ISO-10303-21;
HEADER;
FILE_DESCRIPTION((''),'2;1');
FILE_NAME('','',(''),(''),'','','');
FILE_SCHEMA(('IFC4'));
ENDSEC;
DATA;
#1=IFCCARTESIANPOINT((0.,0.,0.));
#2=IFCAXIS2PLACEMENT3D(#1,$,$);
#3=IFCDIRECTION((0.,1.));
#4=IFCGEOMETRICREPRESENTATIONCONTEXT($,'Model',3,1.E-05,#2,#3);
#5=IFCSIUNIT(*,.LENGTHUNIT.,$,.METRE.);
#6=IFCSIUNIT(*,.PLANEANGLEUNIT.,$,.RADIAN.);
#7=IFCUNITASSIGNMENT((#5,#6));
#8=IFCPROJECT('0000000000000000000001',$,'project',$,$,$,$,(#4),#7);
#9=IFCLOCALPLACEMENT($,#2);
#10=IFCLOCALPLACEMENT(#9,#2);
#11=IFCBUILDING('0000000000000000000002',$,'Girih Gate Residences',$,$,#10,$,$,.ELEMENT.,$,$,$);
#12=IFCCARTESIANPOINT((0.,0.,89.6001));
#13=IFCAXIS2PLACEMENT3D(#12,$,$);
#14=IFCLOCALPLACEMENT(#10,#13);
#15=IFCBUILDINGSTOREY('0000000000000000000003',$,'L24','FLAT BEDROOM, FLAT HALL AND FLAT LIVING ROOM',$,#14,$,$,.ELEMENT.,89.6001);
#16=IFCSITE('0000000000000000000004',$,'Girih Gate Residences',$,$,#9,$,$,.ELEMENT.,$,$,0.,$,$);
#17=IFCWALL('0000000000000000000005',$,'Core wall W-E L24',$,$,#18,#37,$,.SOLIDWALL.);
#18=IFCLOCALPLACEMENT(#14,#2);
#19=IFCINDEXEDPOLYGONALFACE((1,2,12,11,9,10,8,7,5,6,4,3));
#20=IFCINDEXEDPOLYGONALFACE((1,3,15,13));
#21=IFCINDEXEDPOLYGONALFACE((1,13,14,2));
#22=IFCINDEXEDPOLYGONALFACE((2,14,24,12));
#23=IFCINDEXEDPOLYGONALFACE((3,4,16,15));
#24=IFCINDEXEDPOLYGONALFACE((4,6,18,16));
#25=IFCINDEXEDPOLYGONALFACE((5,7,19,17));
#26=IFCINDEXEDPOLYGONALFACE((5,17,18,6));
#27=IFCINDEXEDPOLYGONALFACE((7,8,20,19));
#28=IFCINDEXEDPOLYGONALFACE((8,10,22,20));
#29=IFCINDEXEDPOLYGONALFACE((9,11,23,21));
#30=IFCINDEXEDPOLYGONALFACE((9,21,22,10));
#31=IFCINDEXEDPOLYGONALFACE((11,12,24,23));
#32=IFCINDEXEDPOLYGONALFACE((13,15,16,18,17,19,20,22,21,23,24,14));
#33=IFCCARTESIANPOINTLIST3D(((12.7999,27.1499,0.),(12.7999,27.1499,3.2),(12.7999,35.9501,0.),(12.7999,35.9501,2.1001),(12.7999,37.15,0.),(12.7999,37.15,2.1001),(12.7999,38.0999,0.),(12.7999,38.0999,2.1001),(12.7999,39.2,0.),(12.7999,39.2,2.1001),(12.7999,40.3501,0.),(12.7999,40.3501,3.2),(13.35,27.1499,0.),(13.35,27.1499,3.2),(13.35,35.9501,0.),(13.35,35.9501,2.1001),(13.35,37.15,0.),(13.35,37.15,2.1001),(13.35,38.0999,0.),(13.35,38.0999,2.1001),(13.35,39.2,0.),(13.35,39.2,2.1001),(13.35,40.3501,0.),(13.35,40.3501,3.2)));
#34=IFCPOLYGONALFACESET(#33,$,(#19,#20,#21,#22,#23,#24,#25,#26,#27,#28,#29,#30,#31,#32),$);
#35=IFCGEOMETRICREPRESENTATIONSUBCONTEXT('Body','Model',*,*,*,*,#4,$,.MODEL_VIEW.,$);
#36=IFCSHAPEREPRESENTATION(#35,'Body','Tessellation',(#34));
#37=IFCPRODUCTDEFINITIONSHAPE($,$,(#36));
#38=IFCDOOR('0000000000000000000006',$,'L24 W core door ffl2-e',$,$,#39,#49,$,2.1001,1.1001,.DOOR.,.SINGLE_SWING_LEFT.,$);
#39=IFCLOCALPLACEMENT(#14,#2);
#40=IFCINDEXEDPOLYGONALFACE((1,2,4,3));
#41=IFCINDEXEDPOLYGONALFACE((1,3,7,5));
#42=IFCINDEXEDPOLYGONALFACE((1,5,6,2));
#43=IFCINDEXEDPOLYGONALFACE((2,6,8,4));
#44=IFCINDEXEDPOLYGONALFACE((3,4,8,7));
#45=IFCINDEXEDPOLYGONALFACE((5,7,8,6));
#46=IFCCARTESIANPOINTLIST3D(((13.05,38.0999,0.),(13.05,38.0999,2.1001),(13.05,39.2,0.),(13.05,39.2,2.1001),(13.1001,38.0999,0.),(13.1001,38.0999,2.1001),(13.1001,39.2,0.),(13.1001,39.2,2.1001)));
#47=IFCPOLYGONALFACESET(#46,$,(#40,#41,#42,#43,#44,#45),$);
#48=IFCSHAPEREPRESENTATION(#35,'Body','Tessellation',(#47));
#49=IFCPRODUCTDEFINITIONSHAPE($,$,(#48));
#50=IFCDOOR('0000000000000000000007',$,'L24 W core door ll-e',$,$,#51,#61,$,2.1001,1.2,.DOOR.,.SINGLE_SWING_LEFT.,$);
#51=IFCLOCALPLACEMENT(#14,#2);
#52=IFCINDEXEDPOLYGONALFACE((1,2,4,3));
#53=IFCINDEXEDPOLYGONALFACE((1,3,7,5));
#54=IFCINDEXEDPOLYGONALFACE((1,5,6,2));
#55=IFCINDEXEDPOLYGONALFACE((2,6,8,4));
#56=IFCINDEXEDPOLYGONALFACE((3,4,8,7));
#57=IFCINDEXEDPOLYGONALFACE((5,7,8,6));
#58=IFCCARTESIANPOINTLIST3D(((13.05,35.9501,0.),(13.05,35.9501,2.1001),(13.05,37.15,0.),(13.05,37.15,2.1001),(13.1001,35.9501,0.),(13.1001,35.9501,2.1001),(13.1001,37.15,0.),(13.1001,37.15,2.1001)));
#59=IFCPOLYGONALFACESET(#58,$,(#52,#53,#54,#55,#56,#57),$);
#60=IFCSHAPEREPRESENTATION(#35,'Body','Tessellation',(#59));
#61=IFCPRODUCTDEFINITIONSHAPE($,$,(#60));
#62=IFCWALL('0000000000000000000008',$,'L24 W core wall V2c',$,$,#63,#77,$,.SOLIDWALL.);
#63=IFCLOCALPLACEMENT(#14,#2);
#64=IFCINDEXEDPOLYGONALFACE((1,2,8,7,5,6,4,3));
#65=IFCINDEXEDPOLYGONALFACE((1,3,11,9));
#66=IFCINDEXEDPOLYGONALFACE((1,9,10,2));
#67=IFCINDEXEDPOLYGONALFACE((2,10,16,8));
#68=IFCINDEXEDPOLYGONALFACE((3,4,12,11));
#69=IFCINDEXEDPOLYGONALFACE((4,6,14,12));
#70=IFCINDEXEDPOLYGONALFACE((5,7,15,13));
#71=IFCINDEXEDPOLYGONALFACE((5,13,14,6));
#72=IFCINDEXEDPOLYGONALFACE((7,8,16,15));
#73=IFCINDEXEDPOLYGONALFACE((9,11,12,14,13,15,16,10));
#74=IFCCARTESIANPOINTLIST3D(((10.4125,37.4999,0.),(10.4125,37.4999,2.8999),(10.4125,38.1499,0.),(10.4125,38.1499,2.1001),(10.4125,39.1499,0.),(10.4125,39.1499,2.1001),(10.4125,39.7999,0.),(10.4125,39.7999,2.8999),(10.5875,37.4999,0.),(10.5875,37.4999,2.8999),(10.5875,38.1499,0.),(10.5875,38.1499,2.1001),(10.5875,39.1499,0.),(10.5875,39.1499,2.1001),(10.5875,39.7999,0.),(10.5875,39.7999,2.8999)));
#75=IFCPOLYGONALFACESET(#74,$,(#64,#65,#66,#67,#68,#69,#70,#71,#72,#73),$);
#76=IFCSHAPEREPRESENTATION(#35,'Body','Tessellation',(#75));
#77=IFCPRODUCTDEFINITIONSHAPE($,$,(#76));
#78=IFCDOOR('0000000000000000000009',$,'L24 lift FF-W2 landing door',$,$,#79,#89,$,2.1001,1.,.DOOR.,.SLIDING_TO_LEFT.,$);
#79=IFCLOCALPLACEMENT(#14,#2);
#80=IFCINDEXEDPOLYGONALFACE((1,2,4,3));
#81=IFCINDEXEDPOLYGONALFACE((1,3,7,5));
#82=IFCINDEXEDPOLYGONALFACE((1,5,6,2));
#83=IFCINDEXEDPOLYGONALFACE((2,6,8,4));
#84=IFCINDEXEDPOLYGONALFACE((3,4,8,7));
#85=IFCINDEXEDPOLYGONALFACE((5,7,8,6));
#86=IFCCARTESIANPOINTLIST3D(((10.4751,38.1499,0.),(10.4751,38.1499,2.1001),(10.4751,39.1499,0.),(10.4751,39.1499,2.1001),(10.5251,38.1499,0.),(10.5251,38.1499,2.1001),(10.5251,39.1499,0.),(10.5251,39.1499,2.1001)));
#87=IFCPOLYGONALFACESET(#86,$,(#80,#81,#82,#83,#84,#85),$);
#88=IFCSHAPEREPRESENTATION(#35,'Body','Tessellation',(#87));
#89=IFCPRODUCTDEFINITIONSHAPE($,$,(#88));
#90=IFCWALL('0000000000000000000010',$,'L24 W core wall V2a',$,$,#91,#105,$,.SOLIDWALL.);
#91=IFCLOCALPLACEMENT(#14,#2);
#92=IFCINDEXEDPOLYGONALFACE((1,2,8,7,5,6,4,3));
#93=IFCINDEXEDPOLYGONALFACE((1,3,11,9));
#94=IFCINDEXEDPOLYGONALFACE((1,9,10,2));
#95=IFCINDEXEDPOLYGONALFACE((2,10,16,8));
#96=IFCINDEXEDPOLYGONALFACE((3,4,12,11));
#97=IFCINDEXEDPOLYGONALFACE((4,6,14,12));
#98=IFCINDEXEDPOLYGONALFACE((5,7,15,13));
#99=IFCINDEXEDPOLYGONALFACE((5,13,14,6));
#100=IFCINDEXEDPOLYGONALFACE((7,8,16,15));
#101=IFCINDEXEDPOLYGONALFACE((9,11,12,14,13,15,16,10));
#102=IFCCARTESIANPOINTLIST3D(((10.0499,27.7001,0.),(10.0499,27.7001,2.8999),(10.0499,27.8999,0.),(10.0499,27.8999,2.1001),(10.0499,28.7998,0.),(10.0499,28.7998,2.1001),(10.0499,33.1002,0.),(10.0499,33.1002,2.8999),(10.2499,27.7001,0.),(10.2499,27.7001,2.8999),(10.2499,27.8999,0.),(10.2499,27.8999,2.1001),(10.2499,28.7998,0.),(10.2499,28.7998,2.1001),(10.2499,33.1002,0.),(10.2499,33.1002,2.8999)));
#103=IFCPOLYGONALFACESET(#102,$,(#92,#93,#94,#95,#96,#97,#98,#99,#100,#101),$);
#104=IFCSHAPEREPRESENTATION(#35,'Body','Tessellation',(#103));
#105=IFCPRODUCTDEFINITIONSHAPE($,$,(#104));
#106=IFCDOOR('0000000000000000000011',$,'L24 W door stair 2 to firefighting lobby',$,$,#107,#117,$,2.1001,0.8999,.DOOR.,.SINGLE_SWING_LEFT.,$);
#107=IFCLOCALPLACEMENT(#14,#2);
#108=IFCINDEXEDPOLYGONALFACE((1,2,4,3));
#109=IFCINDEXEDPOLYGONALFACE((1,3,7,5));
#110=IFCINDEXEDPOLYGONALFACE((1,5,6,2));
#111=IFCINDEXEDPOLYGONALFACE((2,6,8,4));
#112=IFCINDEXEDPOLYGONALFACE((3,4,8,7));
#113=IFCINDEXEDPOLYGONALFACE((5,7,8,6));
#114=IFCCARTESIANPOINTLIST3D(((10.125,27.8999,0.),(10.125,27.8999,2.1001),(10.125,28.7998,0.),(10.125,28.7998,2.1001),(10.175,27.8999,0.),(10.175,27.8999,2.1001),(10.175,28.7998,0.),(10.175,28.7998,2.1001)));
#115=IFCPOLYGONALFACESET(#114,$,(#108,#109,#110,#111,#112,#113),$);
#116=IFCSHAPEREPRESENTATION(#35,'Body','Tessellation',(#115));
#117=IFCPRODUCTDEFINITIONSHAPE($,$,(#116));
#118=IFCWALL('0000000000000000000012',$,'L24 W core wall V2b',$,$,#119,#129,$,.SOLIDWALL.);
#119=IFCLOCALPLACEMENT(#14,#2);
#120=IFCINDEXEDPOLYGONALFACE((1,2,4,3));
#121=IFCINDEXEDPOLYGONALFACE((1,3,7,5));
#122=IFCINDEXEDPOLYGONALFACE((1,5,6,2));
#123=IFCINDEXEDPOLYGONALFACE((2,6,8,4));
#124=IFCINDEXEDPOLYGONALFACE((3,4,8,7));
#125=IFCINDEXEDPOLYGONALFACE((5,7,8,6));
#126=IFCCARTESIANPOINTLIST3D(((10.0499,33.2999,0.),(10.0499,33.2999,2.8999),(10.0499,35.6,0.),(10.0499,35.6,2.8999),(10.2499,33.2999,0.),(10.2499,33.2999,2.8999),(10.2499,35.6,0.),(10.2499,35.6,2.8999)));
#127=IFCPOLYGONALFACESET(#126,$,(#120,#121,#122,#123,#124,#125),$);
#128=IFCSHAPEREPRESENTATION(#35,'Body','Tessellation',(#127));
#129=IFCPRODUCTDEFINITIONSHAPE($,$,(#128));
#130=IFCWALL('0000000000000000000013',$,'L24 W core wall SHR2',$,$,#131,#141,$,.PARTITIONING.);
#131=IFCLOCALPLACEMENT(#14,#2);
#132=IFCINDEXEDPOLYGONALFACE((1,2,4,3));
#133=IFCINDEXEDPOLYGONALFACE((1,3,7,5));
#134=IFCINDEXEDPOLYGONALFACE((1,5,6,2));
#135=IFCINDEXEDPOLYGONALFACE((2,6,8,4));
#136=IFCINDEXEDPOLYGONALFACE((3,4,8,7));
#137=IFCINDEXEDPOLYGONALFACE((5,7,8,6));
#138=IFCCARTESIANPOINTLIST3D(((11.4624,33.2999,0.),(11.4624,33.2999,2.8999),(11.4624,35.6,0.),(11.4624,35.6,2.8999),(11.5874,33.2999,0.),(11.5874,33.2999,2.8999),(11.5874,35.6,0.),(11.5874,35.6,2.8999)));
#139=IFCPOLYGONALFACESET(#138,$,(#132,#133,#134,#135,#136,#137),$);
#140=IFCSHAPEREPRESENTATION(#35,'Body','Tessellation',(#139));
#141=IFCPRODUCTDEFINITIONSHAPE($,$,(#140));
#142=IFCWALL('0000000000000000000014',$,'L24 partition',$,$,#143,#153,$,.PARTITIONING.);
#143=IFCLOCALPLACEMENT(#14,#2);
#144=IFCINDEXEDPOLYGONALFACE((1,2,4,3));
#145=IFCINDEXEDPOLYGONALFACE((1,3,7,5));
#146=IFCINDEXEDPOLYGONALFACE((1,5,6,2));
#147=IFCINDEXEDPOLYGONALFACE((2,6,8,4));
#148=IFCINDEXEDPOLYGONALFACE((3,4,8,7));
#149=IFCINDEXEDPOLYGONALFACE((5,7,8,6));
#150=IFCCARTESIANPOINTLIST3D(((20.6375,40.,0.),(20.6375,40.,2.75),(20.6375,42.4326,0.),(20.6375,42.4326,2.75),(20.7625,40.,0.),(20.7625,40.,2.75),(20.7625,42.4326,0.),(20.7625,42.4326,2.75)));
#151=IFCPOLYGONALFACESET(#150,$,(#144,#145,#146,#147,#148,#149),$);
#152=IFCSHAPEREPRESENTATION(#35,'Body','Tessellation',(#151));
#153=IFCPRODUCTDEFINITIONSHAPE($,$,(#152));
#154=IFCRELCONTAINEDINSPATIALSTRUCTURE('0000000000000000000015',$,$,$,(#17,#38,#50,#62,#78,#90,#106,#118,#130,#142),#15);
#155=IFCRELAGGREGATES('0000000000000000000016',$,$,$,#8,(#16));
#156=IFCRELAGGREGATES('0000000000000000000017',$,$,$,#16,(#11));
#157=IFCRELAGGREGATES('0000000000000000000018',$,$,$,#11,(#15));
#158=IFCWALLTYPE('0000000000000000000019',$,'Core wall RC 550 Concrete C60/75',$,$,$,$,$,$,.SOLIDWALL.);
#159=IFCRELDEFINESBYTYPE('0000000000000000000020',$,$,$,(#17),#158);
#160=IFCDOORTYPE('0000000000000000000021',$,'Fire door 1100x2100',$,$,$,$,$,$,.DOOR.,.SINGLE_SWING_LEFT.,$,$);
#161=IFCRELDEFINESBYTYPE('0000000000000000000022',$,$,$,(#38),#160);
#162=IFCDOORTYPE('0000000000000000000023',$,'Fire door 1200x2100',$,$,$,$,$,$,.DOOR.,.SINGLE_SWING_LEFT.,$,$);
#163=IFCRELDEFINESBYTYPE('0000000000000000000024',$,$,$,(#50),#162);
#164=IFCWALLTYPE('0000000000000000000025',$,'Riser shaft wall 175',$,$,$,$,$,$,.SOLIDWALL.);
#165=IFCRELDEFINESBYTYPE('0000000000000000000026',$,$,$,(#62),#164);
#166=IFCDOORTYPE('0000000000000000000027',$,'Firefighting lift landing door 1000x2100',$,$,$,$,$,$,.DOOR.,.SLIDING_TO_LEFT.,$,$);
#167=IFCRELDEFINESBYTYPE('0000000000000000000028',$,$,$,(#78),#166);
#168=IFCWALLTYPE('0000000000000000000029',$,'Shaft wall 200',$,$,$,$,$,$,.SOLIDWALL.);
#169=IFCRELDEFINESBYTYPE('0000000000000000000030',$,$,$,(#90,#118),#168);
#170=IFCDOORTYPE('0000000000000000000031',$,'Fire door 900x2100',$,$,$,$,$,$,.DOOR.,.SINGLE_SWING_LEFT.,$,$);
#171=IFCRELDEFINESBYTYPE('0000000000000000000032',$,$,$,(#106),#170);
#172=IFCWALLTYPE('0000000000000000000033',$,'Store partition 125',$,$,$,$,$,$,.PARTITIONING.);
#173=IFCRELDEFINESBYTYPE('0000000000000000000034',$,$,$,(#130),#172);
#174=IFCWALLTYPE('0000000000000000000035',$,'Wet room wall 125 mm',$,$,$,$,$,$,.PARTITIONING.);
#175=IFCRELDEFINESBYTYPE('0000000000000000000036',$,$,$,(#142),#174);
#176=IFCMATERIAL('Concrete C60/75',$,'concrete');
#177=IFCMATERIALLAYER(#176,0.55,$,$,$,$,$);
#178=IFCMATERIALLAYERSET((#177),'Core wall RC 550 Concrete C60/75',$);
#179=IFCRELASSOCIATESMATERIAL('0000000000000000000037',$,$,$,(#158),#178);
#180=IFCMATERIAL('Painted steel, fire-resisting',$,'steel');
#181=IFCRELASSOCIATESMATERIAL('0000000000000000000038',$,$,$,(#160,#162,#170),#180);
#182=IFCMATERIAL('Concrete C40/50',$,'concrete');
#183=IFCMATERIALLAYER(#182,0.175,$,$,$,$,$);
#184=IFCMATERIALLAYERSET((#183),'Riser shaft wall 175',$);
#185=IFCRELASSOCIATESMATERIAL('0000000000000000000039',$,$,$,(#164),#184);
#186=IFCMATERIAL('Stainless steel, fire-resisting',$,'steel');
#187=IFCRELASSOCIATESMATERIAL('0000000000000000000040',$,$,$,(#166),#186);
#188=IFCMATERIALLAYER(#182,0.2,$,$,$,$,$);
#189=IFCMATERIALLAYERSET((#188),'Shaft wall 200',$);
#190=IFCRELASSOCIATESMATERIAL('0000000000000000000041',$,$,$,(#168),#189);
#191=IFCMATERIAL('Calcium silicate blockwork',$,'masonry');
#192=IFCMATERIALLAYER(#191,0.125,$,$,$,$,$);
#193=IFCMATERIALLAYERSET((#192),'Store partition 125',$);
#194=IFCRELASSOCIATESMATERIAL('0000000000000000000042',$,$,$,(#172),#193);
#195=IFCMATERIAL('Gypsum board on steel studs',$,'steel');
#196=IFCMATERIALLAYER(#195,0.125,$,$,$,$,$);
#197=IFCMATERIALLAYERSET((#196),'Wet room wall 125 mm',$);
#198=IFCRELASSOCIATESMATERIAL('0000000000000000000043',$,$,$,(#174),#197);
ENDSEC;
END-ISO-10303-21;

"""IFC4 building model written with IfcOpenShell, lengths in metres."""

from ifc_helpers import new_model, si_unit, direction, frame, frame_2d, origin, place, context, subcontext, project, spatial, rectangle, extrude, material, layer, layer_set, type_object, element, fill, save


model = new_model("IFC4")

# Units and contexts
model_context = context("Model", 3, precision=1e-05, world=origin(), true_north=direction((0.0, 1.0)))
body_context = subcontext(model_context, "Body", "Model", "MODEL_VIEW")
ifc_project = project(units=[si_unit("LENGTHUNIT", "METRE"), si_unit("PLANEANGLEUNIT", "RADIAN")], contexts=[model_context])

# Site, building, storey
site_placement = place(None, origin())
site = spatial("IfcSite", under=ifc_project, at=site_placement, Name="Girih Gate Residences", CompositionType="ELEMENT", RefElevation=0.0)
building_placement = place(site_placement, origin())
building = spatial("IfcBuilding", under=site, at=building_placement, Name="Girih Gate Residences", CompositionType="ELEMENT")
storey_placement = place(building_placement, frame((0.0, 0.0, 89.6001)))
storey = spatial("IfcBuildingStorey", under=building, at=storey_placement, Name="L24", Description="FLAT BEDROOM, FLAT HALL AND FLAT LIVING ROOM", CompositionType="ELEMENT", Elevation=89.6001)

# Shared definitions
ifc_material_1 = material(Name="Concrete C60/75", Category="concrete")

# Shared definitions
ifc_material_2 = material(Name="Gypsum board on steel studs", Category="steel")

# Wall, openings, doors
ifc_layer_1 = layer(ifc_material_1, 0.55)
ifc_layer_set_1 = layer_set([ifc_layer_1], Name="Core wall RC 550 Concrete C60/75")
wall_type_1 = type_object("IfcWallType", Name="Core wall RC 550 Concrete C60/75", PredefinedType="SOLIDWALL", material=ifc_layer_set_1)
wall_1_placement = place(storey_placement, frame((13.075, 27.1499, 0.0), z_axis=(0.0, 0.0, 1.0), x_axis=(0.0, 1.0, 0.0)))
wall_1 = element("IfcWall", 1, at=wall_1_placement, inside=storey, type_object=wall_type_1, Name="Core wall W-E L24", PredefinedType="SOLIDWALL", context=body_context, shape_type="SweptSolid", body=[
    extrude(rectangle(XDim=13.2002, YDim=0.55, at=frame_2d((6.6001, 0.0))), origin(), (0.0, 0.0, 1.0), 3.2),
])
opening_1_placement = place(wall_1_placement, frame((10.95, 0.0, 0.0)))
opening_1 = element("IfcOpeningElement", 2, at=opening_1_placement, cuts=wall_1, PredefinedType="OPENING", context=body_context, shape_type="SweptSolid", body=[
    extrude(rectangle(XDim=1.1001, YDim=2.1001, at=frame_2d((0.55, 1.05))), frame((0.0, 0.2849, 0.0), z_axis=(0.0, -1.0, 0.0), x_axis=(1.0, 0.0, 0.0)), (0.0, 0.0, 1.0), 0.5701),
])
opening_2_placement = place(wall_1_placement, frame((8.8, 0.0, 0.0)))
opening_2 = element("IfcOpeningElement", 3, at=opening_2_placement, cuts=wall_1, PredefinedType="OPENING", context=body_context, shape_type="SweptSolid", body=[
    extrude(rectangle(XDim=1.2, YDim=2.1001, at=frame_2d((0.6001, 1.05))), frame((0.0, 0.2849, 0.0), z_axis=(0.0, -1.0, 0.0), x_axis=(1.0, 0.0, 0.0)), (0.0, 0.0, 1.0), 0.5701),
])
ifc_material_3 = material(Name="Painted steel, fire-resisting", Category="steel")
door_type_1 = type_object("IfcDoorType", Name="Fire door 1100x2100", OperationType="SINGLE_SWING_LEFT", PredefinedType="DOOR", material=ifc_material_3)
door_1_placement = place(opening_1_placement, origin())
door_1 = element("IfcDoor", 4, at=door_1_placement, inside=storey, type_object=door_type_1, Name="L24 W core door ffl2-e", OperationType="SINGLE_SWING_LEFT", OverallHeight=2.1001, OverallWidth=1.1001, PredefinedType="DOOR", context=body_context, shape_type="SweptSolid", body=[
    extrude(rectangle(XDim=1.1001, YDim=2.1001, at=frame_2d((0.55, 1.05))), frame((0.0, 0.0249, 0.0), z_axis=(0.0, -1.0, 0.0), x_axis=(1.0, 0.0, 0.0)), (0.0, 0.0, 1.0), 0.05),
])
fill(opening_1, door_1)
door_type_2 = type_object("IfcDoorType", Name="Fire door 1200x2100", OperationType="SINGLE_SWING_LEFT", PredefinedType="DOOR", material=ifc_material_3)
door_2_placement = place(opening_2_placement, origin())
door_2 = element("IfcDoor", 5, at=door_2_placement, inside=storey, type_object=door_type_2, Name="L24 W core door ll-e", OperationType="SINGLE_SWING_LEFT", OverallHeight=2.1001, OverallWidth=1.2, PredefinedType="DOOR", context=body_context, shape_type="SweptSolid", body=[
    extrude(rectangle(XDim=1.2, YDim=2.1001, at=frame_2d((0.6001, 1.05))), frame((0.0, 0.0249, 0.0), z_axis=(0.0, -1.0, 0.0), x_axis=(1.0, 0.0, 0.0)), (0.0, 0.0, 1.0), 0.05),
])
fill(opening_2, door_2)

# Walls, openings, doors
ifc_material_4 = material(Name="Concrete C40/50", Category="concrete")
ifc_layer_2 = layer(ifc_material_4, 0.175)
ifc_layer_set_2 = layer_set([ifc_layer_2], Name="Riser shaft wall 175")
wall_type_2 = type_object("IfcWallType", Name="Riser shaft wall 175", PredefinedType="SOLIDWALL", material=ifc_layer_set_2)
wall_2_placement = place(storey_placement, frame((10.5, 37.5, 0.0), z_axis=(0.0, 0.0, 1.0), x_axis=(0.0, 1.0, 0.0)))
wall_2 = element("IfcWall", 6, at=wall_2_placement, inside=storey, type_object=wall_type_2, Name="L24 W core wall V2c", PredefinedType="SOLIDWALL", context=body_context, shape_type="SweptSolid", body=[
    extrude(rectangle(XDim=2.3, YDim=0.175, at=frame_2d((1.1499, 0.0))), origin(), (0.0, 0.0, 1.0), 2.8999),
])
opening_3_placement = place(wall_2_placement, frame((0.6499, 0.0, 0.0)))
opening_3 = element("IfcOpeningElement", 7, at=opening_3_placement, cuts=wall_2, PredefinedType="OPENING", context=body_context, shape_type="SweptSolid", body=[
    extrude(rectangle(XDim=1.0, YDim=2.1001, at=frame_2d((0.5, 1.05))), frame((0.0, 0.0974, 0.0), z_axis=(0.0, -1.0, 0.0), x_axis=(1.0, 0.0, 0.0)), (0.0, 0.0, 1.0), 0.1951),
])
ifc_material_5 = material(Name="Stainless steel, fire-resisting", Category="steel")
door_type_3 = type_object("IfcDoorType", Name="Firefighting lift landing door 1000x2100", OperationType="SLIDING_TO_LEFT", PredefinedType="DOOR", material=ifc_material_5)
door_3_placement = place(opening_3_placement, origin())
door_3 = element("IfcDoor", 8, at=door_3_placement, inside=storey, type_object=door_type_3, Name="L24 lift FF-W2 landing door", OperationType="SLIDING_TO_LEFT", OverallHeight=2.1001, OverallWidth=1.0, PredefinedType="DOOR", context=body_context, shape_type="SweptSolid", body=[
    extrude(rectangle(XDim=1.0, YDim=2.1001, at=frame_2d((0.5, 1.05))), frame((0.0, 0.0249, 0.0), z_axis=(0.0, -1.0, 0.0), x_axis=(1.0, 0.0, 0.0)), (0.0, 0.0, 1.0), 0.05),
])
fill(opening_3, door_3)
ifc_layer_3 = layer(ifc_material_4, 0.2)
ifc_layer_set_3 = layer_set([ifc_layer_3], Name="Shaft wall 200")
wall_type_3 = type_object("IfcWallType", Name="Shaft wall 200", PredefinedType="SOLIDWALL", material=ifc_layer_set_3)
wall_3_placement = place(storey_placement, frame((10.1499, 27.7, 0.0), z_axis=(0.0, 0.0, 1.0), x_axis=(0.0, 1.0, 0.0)))
wall_3 = element("IfcWall", 9, at=wall_3_placement, inside=storey, type_object=wall_type_3, Name="L24 W core wall V2a", PredefinedType="SOLIDWALL", context=body_context, shape_type="SweptSolid", body=[
    extrude(rectangle(XDim=5.4001, YDim=0.2, at=frame_2d((2.7002, 0.0))), origin(), (0.0, 0.0, 1.0), 2.8999),
])
opening_4_placement = place(wall_3_placement, frame((0.2, 0.0, 0.0)))
opening_4 = element("IfcOpeningElement", 10, at=opening_4_placement, cuts=wall_3, PredefinedType="OPENING", context=body_context, shape_type="SweptSolid", body=[
    extrude(rectangle(XDim=0.8999, YDim=2.1001, at=frame_2d((0.45, 1.05))), frame((0.0, 0.1099, 0.0), z_axis=(0.0, -1.0, 0.0), x_axis=(1.0, 0.0, 0.0)), (0.0, 0.0, 1.0), 0.22),
])
door_type_4 = type_object("IfcDoorType", Name="Fire door 900x2100", OperationType="SINGLE_SWING_LEFT", PredefinedType="DOOR", material=ifc_material_3)
door_4_placement = place(opening_4_placement, origin())
door_4 = element("IfcDoor", 11, at=door_4_placement, inside=storey, type_object=door_type_4, Name="L24 W door stair 2 to firefighting lobby", OperationType="SINGLE_SWING_LEFT", OverallHeight=2.1001, OverallWidth=0.8999, PredefinedType="DOOR", context=body_context, shape_type="SweptSolid", body=[
    extrude(rectangle(XDim=0.8999, YDim=2.1001, at=frame_2d((0.45, 1.05))), frame((0.0, 0.0249, 0.0), z_axis=(0.0, -1.0, 0.0), x_axis=(1.0, 0.0, 0.0)), (0.0, 0.0, 1.0), 0.05),
])
fill(opening_4, door_4)

# Walls
wall_4_placement = place(storey_placement, frame((10.1499, 33.3, 0.0), z_axis=(0.0, 0.0, 1.0), x_axis=(0.0, 1.0, 0.0)))
element("IfcWall", 12, at=wall_4_placement, inside=storey, type_object=wall_type_3, Name="L24 W core wall V2b", PredefinedType="SOLIDWALL", context=body_context, shape_type="SweptSolid", body=[
    extrude(rectangle(XDim=2.3, YDim=0.2, at=frame_2d((1.1499, 0.0))), origin(), (0.0, 0.0, 1.0), 2.8999),
])
ifc_material_6 = material(Name="Calcium silicate blockwork", Category="masonry")
ifc_layer_4 = layer(ifc_material_6, 0.125)
ifc_layer_set_4 = layer_set([ifc_layer_4], Name="Store partition 125")
wall_type_4 = type_object("IfcWallType", Name="Store partition 125", PredefinedType="PARTITIONING", material=ifc_layer_set_4)
wall_5_placement = place(storey_placement, frame((11.5249, 33.3, 0.0), z_axis=(0.0, 0.0, 1.0), x_axis=(0.0, 1.0, 0.0)))
element("IfcWall", 13, at=wall_5_placement, inside=storey, type_object=wall_type_4, Name="L24 W core wall SHR2", PredefinedType="PARTITIONING", context=body_context, shape_type="SweptSolid", body=[
    extrude(rectangle(XDim=2.3, YDim=0.125, at=frame_2d((1.1499, 0.0))), origin(), (0.0, 0.0, 1.0), 2.8999),
])
ifc_layer_5 = layer(ifc_material_2, 0.125)
ifc_layer_set_5 = layer_set([ifc_layer_5], Name="Wet room wall 125 mm")
wall_type_5 = type_object("IfcWallType", Name="Wet room wall 125 mm", PredefinedType="PARTITIONING", material=ifc_layer_set_5)
wall_6_placement = place(storey_placement, frame((20.7, 40.0, 0.0), z_axis=(0.0, 0.0, 1.0), x_axis=(0.0, 1.0, 0.0)))
element("IfcWall", 14, at=wall_6_placement, inside=storey, type_object=wall_type_5, Name="L24 partition", PredefinedType="PARTITIONING", context=body_context, shape_type="SweptSolid", body=[
    extrude(rectangle(XDim=2.4326, YDim=0.125, at=frame_2d((1.2163, 0.0))), origin(), (0.0, 0.0, 1.0), 2.75),
])

save(model, "model.ifc")
